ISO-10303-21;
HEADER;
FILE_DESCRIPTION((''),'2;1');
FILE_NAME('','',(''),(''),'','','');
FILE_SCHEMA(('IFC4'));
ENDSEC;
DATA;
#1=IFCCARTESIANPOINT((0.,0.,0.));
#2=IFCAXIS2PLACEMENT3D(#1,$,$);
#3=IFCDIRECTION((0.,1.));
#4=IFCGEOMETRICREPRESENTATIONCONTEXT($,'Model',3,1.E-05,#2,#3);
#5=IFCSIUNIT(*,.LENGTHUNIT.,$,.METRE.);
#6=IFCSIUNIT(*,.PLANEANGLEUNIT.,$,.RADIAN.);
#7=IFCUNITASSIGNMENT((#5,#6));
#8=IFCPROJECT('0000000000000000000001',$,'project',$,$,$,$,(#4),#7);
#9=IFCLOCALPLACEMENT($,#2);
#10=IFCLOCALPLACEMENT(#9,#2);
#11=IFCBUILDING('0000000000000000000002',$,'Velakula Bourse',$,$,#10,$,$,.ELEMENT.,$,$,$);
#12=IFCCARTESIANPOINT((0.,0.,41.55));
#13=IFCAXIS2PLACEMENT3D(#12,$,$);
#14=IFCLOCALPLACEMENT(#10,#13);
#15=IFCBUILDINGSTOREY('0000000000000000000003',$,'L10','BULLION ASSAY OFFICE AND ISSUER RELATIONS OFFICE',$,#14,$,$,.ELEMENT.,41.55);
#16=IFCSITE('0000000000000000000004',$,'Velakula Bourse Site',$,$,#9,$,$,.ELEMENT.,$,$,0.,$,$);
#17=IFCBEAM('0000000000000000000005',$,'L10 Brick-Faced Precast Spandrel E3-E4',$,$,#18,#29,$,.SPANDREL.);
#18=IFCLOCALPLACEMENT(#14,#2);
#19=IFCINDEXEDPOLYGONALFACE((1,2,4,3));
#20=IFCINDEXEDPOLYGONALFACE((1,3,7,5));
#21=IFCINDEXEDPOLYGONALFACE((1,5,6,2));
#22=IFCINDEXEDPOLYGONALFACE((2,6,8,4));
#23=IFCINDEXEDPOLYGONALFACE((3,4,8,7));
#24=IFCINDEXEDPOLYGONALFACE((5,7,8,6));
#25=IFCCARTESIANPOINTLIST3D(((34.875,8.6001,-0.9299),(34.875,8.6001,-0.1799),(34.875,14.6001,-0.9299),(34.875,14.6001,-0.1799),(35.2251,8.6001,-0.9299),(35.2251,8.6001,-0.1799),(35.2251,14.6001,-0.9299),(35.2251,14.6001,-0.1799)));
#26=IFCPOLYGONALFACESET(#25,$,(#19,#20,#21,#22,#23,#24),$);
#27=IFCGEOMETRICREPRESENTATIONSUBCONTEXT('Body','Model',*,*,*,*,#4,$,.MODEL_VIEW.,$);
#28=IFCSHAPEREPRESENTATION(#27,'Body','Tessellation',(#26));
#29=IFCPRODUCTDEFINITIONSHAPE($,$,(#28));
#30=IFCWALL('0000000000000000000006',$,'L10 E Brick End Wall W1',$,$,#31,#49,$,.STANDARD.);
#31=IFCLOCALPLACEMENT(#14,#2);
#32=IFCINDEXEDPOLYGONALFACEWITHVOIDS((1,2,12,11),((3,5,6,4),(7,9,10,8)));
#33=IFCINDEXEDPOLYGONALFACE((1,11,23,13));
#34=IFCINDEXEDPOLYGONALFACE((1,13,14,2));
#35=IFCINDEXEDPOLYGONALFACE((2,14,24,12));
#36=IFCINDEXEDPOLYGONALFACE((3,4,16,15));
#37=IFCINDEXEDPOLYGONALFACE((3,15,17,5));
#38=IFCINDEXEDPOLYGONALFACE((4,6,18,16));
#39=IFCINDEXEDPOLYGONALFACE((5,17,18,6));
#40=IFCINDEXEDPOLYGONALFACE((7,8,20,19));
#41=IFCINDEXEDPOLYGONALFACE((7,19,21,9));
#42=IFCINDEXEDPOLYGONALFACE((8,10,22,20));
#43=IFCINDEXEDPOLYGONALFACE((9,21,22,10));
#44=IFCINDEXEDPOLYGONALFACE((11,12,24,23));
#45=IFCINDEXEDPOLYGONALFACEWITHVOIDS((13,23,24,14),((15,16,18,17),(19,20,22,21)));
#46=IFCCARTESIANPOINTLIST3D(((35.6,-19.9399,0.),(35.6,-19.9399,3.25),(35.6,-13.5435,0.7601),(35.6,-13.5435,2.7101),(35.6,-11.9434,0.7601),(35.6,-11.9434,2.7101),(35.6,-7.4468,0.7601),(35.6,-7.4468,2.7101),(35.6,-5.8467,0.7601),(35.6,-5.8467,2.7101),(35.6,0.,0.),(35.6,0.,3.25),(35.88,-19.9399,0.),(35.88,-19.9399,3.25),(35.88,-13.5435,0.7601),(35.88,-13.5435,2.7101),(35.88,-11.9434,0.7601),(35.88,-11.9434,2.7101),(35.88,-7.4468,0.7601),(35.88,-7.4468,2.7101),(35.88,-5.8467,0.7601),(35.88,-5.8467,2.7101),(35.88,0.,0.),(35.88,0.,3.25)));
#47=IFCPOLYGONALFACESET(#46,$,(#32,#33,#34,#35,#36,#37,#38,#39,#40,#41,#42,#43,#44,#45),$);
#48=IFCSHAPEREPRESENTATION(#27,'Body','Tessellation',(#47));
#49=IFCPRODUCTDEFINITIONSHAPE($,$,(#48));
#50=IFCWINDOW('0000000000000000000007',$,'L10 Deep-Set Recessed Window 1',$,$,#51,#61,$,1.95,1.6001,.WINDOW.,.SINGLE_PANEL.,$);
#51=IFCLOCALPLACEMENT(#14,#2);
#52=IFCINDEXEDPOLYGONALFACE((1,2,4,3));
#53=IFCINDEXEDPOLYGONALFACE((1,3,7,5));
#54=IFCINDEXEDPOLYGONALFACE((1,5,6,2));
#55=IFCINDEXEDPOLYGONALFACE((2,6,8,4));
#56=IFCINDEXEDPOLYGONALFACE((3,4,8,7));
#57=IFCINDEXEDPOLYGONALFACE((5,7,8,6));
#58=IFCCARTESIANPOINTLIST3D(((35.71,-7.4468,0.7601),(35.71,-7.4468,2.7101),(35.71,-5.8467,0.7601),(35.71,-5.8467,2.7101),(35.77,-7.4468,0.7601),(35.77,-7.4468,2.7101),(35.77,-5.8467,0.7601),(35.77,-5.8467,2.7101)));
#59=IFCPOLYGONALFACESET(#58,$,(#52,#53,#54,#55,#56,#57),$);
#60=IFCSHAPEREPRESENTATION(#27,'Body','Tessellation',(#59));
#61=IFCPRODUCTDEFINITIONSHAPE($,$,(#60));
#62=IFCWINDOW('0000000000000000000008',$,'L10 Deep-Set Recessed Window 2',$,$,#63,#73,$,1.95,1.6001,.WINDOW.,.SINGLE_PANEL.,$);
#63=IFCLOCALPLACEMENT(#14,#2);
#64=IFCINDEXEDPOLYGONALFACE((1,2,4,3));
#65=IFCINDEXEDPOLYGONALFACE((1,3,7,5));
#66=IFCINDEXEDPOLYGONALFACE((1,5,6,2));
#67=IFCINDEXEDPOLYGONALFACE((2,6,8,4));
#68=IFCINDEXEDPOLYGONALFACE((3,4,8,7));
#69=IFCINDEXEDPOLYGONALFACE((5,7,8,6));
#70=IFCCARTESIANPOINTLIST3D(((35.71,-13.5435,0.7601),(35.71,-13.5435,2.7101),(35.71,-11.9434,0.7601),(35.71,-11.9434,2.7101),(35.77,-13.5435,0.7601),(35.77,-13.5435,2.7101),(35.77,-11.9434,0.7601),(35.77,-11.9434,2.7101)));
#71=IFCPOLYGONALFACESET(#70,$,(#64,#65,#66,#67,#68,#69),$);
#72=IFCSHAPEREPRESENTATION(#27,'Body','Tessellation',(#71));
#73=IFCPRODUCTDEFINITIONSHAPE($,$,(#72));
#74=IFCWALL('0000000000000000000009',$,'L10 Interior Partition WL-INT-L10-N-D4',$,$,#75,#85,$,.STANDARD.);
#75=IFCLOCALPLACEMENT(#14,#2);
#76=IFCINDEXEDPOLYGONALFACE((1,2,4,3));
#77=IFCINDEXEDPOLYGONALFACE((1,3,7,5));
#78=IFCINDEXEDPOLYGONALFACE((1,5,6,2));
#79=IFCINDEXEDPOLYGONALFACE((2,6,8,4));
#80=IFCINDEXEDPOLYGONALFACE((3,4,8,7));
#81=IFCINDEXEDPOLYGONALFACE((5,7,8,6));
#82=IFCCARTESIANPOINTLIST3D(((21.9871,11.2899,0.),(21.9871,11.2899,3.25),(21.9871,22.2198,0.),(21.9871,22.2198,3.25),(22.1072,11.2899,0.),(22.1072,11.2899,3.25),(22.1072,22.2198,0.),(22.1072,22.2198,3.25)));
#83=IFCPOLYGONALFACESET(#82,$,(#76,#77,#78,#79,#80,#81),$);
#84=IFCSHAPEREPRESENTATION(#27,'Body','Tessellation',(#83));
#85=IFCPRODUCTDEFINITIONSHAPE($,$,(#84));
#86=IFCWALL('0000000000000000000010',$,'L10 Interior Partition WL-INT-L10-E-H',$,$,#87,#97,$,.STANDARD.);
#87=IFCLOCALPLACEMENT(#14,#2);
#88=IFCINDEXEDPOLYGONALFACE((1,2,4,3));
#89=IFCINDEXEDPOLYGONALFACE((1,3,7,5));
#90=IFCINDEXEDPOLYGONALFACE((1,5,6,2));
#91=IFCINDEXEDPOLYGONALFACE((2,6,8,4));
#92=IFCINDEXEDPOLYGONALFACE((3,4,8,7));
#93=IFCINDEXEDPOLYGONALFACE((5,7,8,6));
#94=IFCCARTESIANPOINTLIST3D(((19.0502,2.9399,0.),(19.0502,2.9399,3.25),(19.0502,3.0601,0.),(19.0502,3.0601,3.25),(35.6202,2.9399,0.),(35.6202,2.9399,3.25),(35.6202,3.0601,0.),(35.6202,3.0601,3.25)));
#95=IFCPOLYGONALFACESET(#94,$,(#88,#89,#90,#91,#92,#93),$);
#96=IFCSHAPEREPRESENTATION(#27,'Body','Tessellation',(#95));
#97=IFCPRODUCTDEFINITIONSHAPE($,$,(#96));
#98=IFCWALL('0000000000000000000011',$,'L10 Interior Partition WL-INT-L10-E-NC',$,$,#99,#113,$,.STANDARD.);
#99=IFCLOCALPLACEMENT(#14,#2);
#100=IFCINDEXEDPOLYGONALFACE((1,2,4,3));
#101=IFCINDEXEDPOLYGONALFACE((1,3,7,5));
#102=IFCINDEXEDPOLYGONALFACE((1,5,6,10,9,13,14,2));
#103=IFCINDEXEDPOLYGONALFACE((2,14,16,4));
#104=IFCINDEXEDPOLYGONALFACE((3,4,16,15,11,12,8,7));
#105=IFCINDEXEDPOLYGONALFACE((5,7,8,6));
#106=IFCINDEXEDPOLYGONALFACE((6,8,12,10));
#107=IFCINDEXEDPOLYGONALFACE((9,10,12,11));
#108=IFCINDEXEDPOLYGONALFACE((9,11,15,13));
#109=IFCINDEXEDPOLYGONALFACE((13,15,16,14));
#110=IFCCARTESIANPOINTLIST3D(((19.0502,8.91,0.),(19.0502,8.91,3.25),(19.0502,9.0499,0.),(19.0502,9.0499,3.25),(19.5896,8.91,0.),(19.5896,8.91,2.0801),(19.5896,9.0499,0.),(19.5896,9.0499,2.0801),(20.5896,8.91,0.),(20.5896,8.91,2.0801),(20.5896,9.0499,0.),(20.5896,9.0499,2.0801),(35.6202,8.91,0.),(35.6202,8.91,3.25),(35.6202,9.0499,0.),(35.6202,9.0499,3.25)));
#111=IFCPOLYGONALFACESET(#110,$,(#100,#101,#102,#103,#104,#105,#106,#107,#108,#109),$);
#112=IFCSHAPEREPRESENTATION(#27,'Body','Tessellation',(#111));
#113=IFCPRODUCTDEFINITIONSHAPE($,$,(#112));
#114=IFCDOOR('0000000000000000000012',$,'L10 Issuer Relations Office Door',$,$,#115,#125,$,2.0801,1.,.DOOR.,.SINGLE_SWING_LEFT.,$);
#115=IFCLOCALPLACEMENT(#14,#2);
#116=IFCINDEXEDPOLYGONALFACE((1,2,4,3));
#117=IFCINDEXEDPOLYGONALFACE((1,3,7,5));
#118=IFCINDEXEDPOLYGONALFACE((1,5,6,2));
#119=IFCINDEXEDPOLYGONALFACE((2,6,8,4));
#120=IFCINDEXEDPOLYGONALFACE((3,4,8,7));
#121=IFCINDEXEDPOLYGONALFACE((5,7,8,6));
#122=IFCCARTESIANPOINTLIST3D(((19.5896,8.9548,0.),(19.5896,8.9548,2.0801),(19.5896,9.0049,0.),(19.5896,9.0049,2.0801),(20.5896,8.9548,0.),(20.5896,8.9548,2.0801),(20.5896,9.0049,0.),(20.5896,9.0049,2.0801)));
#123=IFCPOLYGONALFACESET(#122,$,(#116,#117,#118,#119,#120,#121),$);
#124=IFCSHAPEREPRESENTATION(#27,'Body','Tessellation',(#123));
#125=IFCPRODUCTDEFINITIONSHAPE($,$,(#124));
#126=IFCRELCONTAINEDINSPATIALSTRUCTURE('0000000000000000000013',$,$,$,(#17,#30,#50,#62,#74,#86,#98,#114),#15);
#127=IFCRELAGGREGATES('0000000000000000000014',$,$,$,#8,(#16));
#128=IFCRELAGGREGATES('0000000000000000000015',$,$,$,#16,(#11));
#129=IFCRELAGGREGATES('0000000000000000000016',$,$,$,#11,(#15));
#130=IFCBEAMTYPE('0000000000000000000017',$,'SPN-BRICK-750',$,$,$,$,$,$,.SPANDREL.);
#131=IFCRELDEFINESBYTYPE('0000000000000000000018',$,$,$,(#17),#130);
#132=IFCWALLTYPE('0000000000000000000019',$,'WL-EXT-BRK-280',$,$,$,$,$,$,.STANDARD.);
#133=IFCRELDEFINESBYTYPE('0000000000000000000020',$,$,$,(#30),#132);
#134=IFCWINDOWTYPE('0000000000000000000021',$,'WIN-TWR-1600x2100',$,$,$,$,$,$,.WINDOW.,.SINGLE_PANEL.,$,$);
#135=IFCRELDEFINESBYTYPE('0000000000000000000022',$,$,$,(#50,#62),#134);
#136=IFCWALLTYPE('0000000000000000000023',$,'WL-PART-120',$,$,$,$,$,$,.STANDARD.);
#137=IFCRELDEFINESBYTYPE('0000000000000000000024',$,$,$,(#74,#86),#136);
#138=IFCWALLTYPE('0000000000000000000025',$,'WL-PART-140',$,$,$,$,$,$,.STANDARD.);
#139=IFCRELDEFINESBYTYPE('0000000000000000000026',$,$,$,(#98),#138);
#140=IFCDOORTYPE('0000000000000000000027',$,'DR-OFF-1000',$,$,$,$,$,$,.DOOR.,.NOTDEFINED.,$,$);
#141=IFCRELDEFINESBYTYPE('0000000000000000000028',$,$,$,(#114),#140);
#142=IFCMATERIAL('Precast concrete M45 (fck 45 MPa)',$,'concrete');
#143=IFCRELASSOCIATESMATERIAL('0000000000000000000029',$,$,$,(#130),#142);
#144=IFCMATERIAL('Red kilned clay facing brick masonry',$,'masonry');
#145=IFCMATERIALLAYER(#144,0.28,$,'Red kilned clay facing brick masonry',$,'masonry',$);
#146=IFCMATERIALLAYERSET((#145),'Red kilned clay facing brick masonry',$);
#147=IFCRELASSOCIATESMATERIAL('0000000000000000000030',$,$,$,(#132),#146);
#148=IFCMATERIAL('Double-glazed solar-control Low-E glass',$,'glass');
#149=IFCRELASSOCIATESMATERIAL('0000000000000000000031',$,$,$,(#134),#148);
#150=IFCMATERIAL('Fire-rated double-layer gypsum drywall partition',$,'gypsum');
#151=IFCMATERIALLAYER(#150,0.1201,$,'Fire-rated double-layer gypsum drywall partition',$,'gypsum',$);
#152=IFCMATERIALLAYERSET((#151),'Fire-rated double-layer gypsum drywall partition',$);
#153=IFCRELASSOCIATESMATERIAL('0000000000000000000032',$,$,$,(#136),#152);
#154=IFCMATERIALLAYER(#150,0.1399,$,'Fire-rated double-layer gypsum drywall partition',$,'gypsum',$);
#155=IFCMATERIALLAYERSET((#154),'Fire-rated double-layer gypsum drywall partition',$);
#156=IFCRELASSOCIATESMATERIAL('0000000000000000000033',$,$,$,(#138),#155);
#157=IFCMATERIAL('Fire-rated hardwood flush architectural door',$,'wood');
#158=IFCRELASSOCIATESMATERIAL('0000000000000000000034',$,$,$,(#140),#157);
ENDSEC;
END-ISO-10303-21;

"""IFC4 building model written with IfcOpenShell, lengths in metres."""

from ifc_helpers import new_model, si_unit, direction, frame, frame_2d, origin, origin_2d, place, context, subcontext, project, spatial, rectangle, extrude, material, layer, layer_set, material_profile, profile_set, type_object, element, fill, save


model = new_model("IFC4")

# Units and contexts
model_context = context("Model", 3, precision=1e-05, world=origin(), true_north=direction((0.0, 1.0)))
body_context = subcontext(model_context, "Body", "Model", "MODEL_VIEW")
ifc_project = project(units=[si_unit("LENGTHUNIT", "METRE"), si_unit("PLANEANGLEUNIT", "RADIAN")], contexts=[model_context])

# Site, building, storey
site_placement = place(None, origin())
site = spatial("IfcSite", under=ifc_project, at=site_placement, Name="Velakula Bourse Site", CompositionType="ELEMENT", RefElevation=0.0)
building_placement = place(site_placement, origin())
building = spatial("IfcBuilding", under=site, at=building_placement, Name="Velakula Bourse", CompositionType="ELEMENT")
storey_placement = place(building_placement, frame((0.0, 0.0, 41.55)))
storey = spatial("IfcBuildingStorey", under=building, at=storey_placement, Name="L10", Description="BULLION ASSAY OFFICE AND ISSUER RELATIONS OFFICE", CompositionType="ELEMENT", Elevation=41.55)

# Beam
ifc_material_1 = material(Name="Precast concrete M45 (fck 45 MPa)", Category="concrete")
ifc_material_profile_1 = material_profile(ifc_material_1, rectangle(XDim=0.3501, YDim=0.75, at=origin_2d()), Name="Precast concrete M45 (fck 45 MPa)")
ifc_profile_set_1 = profile_set([ifc_material_profile_1], Name="Precast concrete M45 (fck 45 MPa)")
beam_type_1 = type_object("IfcBeamType", Name="SPN-BRICK-750", PredefinedType="SPANDREL", material=ifc_profile_set_1)
beam_1_placement = place(storey_placement, frame((35.05, 8.6001, -0.5549), z_axis=(0.0, 1.0, 0.0), x_axis=(-1.0, 0.0, 0.0)))
element("IfcBeam", 1, at=beam_1_placement, inside=storey, type_object=beam_type_1, Name="L10 Brick-Faced Precast Spandrel E3-E4", PredefinedType="SPANDREL", context=body_context, shape_type="SweptSolid", body=[
    extrude(rectangle(XDim=0.3501, YDim=0.75, at=origin_2d()), origin(), (0.0, 0.0, 1.0), 6.0),
])

# Wall, openings, windows
ifc_material_2 = material(Name="Red kilned clay facing brick masonry", Category="masonry")
ifc_layer_1 = layer(ifc_material_2, 0.28, Name="Red kilned clay facing brick masonry", Category="masonry")
ifc_layer_set_1 = layer_set([ifc_layer_1], Name="Red kilned clay facing brick masonry")
wall_type_1 = type_object("IfcWallType", Name="WL-EXT-BRK-280", PredefinedType="STANDARD", material=ifc_layer_set_1)
wall_1_placement = place(storey_placement, frame((35.74, 0.0, 0.0), z_axis=(0.0, 0.0, 1.0), x_axis=(0.0, -1.0, 0.0)))
wall_1 = element("IfcWall", 2, at=wall_1_placement, inside=storey, type_object=wall_type_1, Name="L10 E Brick End Wall W1", PredefinedType="STANDARD", context=body_context, shape_type="SweptSolid", body=[
    extrude(rectangle(XDim=19.9399, YDim=0.28, at=frame_2d((9.97, 0.0))), origin(), (0.0, 0.0, 1.0), 3.25),
])
opening_1_placement = place(wall_1_placement, frame((5.8467, 0.0, 0.76)))
opening_1 = element("IfcOpeningElement", 3, at=opening_1_placement, cuts=wall_1, PredefinedType="OPENING", context=body_context, shape_type="SweptSolid", body=[
    extrude(rectangle(XDim=1.6001, YDim=1.95, at=frame_2d((0.8, 0.9751))), frame((0.0, 0.1499, 0.0), z_axis=(0.0, -1.0, 0.0), x_axis=(1.0, 0.0, 0.0)), (0.0, 0.0, 1.0), 0.3),
])
opening_2_placement = place(wall_1_placement, frame((11.9434, 0.0, 0.76)))
opening_2 = element("IfcOpeningElement", 4, at=opening_2_placement, cuts=wall_1, PredefinedType="OPENING", context=body_context, shape_type="SweptSolid", body=[
    extrude(rectangle(XDim=1.6001, YDim=1.95, at=frame_2d((0.8, 0.9751))), frame((0.0, 0.1499, 0.0), z_axis=(0.0, -1.0, 0.0), x_axis=(1.0, 0.0, 0.0)), (0.0, 0.0, 1.0), 0.3),
])
ifc_material_3 = material(Name="Double-glazed solar-control Low-E glass", Category="glass")
window_type = type_object("IfcWindowType", Name="WIN-TWR-1600x2100", PartitioningType="SINGLE_PANEL", PredefinedType="WINDOW", material=ifc_material_3)
window_1_placement = place(opening_1_placement, origin())
window_1 = element("IfcWindow", 5, at=window_1_placement, inside=storey, type_object=window_type, Name="L10 Deep-Set Recessed Window 1", OverallHeight=1.95, OverallWidth=1.6001, PartitioningType="SINGLE_PANEL", PredefinedType="WINDOW", context=body_context, shape_type="SweptSolid", body=[
    extrude(rectangle(XDim=1.6001, YDim=1.95, at=frame_2d((0.8, 0.9751))), frame((0.0, 0.03, 0.0), z_axis=(0.0, -1.0, 0.0), x_axis=(1.0, 0.0, 0.0)), (0.0, 0.0, 1.0), 0.0601),
])
fill(opening_1, window_1)
window_2_placement = place(opening_2_placement, origin())
window_2 = element("IfcWindow", 6, at=window_2_placement, inside=storey, type_object=window_type, Name="L10 Deep-Set Recessed Window 2", OverallHeight=1.95, OverallWidth=1.6001, PartitioningType="SINGLE_PANEL", PredefinedType="WINDOW", context=body_context, shape_type="SweptSolid", body=[
    extrude(rectangle(XDim=1.6001, YDim=1.95, at=frame_2d((0.8, 0.9751))), frame((0.0, 0.03, 0.0), z_axis=(0.0, -1.0, 0.0), x_axis=(1.0, 0.0, 0.0)), (0.0, 0.0, 1.0), 0.0601),
])
fill(opening_2, window_2)

# Walls
ifc_material_4 = material(Name="Fire-rated double-layer gypsum drywall partition", Category="gypsum")
ifc_layer_2 = layer(ifc_material_4, 0.1201, Name="Fire-rated double-layer gypsum drywall partition", Category="gypsum")
ifc_layer_set_2 = layer_set([ifc_layer_2], Name="Fire-rated double-layer gypsum drywall partition")
wall_type_2 = type_object("IfcWallType", Name="WL-PART-120", PredefinedType="STANDARD", material=ifc_layer_set_2)
wall_2_placement = place(storey_placement, frame((22.0471, 11.29, 0.0), z_axis=(0.0, 0.0, 1.0), x_axis=(0.0, 1.0, 0.0)))
element("IfcWall", 7, at=wall_2_placement, inside=storey, type_object=wall_type_2, Name="L10 Interior Partition WL-INT-L10-N-D4", PredefinedType="STANDARD", context=body_context, shape_type="SweptSolid", body=[
    extrude(rectangle(XDim=10.9299, YDim=0.1201, at=frame_2d((5.4648, 0.0))), origin(), (0.0, 0.0, 1.0), 3.25),
])
wall_3_placement = place(storey_placement, frame((19.05, 3.0, 0.0), z_axis=(0.0, 0.0, 1.0), x_axis=(1.0, 0.0, 0.0)))
element("IfcWall", 8, at=wall_3_placement, inside=storey, type_object=wall_type_2, Name="L10 Interior Partition WL-INT-L10-E-H", PredefinedType="STANDARD", context=body_context, shape_type="SweptSolid", body=[
    extrude(rectangle(XDim=16.5701, YDim=0.1201, at=frame_2d((8.2852, 0.0))), origin(), (0.0, 0.0, 1.0), 3.25),
])

# Wall, opening, door
ifc_layer_3 = layer(ifc_material_4, 0.1399, Name="Fire-rated double-layer gypsum drywall partition", Category="gypsum")
ifc_layer_set_3 = layer_set([ifc_layer_3], Name="Fire-rated double-layer gypsum drywall partition")
wall_type_3 = type_object("IfcWallType", Name="WL-PART-140", PredefinedType="STANDARD", material=ifc_layer_set_3)
wall_4_placement = place(storey_placement, frame((19.05, 8.98, 0.0), z_axis=(0.0, 0.0, 1.0), x_axis=(1.0, 0.0, 0.0)))
wall_4 = element("IfcWall", 9, at=wall_4_placement, inside=storey, type_object=wall_type_3, Name="L10 Interior Partition WL-INT-L10-E-NC", PredefinedType="STANDARD", context=body_context, shape_type="SweptSolid", body=[
    extrude(rectangle(XDim=16.5701, YDim=0.1399, at=frame_2d((8.2852, 0.0))), origin(), (0.0, 0.0, 1.0), 3.25),
])
opening_3_placement = place(wall_4_placement, frame((0.5396, 0.0, 0.0)))
opening_3 = element("IfcOpeningElement", 10, at=opening_3_placement, cuts=wall_4, PredefinedType="OPENING", context=body_context, shape_type="SweptSolid", body=[
    extrude(rectangle(XDim=1.0, YDim=2.0801, at=frame_2d((0.5, 1.04))), frame((0.0, 0.0798, 0.0), z_axis=(0.0, -1.0, 0.0), x_axis=(1.0, 0.0, 0.0)), (0.0, 0.0, 1.0), 0.1599),
])
ifc_material_5 = material(Name="Fire-rated hardwood flush architectural door", Category="wood")
door_type = type_object("IfcDoorType", Name="DR-OFF-1000", OperationType="NOTDEFINED", PredefinedType="DOOR", material=ifc_material_5)
door_placement = place(opening_3_placement, origin())
door = element("IfcDoor", 11, at=door_placement, inside=storey, type_object=door_type, Name="L10 Issuer Relations Office Door", OperationType="SINGLE_SWING_LEFT", OverallHeight=2.0801, OverallWidth=1.0, PredefinedType="DOOR", context=body_context, shape_type="SweptSolid", body=[
    extrude(rectangle(XDim=1.0, YDim=2.0801, at=frame_2d((0.5, 1.04))), frame((0.0, 0.0249, 0.0), z_axis=(0.0, -1.0, 0.0), x_axis=(1.0, 0.0, 0.0)), (0.0, 0.0, 1.0), 0.05),
])
fill(opening_3, door)

save(model, "model.ifc")
